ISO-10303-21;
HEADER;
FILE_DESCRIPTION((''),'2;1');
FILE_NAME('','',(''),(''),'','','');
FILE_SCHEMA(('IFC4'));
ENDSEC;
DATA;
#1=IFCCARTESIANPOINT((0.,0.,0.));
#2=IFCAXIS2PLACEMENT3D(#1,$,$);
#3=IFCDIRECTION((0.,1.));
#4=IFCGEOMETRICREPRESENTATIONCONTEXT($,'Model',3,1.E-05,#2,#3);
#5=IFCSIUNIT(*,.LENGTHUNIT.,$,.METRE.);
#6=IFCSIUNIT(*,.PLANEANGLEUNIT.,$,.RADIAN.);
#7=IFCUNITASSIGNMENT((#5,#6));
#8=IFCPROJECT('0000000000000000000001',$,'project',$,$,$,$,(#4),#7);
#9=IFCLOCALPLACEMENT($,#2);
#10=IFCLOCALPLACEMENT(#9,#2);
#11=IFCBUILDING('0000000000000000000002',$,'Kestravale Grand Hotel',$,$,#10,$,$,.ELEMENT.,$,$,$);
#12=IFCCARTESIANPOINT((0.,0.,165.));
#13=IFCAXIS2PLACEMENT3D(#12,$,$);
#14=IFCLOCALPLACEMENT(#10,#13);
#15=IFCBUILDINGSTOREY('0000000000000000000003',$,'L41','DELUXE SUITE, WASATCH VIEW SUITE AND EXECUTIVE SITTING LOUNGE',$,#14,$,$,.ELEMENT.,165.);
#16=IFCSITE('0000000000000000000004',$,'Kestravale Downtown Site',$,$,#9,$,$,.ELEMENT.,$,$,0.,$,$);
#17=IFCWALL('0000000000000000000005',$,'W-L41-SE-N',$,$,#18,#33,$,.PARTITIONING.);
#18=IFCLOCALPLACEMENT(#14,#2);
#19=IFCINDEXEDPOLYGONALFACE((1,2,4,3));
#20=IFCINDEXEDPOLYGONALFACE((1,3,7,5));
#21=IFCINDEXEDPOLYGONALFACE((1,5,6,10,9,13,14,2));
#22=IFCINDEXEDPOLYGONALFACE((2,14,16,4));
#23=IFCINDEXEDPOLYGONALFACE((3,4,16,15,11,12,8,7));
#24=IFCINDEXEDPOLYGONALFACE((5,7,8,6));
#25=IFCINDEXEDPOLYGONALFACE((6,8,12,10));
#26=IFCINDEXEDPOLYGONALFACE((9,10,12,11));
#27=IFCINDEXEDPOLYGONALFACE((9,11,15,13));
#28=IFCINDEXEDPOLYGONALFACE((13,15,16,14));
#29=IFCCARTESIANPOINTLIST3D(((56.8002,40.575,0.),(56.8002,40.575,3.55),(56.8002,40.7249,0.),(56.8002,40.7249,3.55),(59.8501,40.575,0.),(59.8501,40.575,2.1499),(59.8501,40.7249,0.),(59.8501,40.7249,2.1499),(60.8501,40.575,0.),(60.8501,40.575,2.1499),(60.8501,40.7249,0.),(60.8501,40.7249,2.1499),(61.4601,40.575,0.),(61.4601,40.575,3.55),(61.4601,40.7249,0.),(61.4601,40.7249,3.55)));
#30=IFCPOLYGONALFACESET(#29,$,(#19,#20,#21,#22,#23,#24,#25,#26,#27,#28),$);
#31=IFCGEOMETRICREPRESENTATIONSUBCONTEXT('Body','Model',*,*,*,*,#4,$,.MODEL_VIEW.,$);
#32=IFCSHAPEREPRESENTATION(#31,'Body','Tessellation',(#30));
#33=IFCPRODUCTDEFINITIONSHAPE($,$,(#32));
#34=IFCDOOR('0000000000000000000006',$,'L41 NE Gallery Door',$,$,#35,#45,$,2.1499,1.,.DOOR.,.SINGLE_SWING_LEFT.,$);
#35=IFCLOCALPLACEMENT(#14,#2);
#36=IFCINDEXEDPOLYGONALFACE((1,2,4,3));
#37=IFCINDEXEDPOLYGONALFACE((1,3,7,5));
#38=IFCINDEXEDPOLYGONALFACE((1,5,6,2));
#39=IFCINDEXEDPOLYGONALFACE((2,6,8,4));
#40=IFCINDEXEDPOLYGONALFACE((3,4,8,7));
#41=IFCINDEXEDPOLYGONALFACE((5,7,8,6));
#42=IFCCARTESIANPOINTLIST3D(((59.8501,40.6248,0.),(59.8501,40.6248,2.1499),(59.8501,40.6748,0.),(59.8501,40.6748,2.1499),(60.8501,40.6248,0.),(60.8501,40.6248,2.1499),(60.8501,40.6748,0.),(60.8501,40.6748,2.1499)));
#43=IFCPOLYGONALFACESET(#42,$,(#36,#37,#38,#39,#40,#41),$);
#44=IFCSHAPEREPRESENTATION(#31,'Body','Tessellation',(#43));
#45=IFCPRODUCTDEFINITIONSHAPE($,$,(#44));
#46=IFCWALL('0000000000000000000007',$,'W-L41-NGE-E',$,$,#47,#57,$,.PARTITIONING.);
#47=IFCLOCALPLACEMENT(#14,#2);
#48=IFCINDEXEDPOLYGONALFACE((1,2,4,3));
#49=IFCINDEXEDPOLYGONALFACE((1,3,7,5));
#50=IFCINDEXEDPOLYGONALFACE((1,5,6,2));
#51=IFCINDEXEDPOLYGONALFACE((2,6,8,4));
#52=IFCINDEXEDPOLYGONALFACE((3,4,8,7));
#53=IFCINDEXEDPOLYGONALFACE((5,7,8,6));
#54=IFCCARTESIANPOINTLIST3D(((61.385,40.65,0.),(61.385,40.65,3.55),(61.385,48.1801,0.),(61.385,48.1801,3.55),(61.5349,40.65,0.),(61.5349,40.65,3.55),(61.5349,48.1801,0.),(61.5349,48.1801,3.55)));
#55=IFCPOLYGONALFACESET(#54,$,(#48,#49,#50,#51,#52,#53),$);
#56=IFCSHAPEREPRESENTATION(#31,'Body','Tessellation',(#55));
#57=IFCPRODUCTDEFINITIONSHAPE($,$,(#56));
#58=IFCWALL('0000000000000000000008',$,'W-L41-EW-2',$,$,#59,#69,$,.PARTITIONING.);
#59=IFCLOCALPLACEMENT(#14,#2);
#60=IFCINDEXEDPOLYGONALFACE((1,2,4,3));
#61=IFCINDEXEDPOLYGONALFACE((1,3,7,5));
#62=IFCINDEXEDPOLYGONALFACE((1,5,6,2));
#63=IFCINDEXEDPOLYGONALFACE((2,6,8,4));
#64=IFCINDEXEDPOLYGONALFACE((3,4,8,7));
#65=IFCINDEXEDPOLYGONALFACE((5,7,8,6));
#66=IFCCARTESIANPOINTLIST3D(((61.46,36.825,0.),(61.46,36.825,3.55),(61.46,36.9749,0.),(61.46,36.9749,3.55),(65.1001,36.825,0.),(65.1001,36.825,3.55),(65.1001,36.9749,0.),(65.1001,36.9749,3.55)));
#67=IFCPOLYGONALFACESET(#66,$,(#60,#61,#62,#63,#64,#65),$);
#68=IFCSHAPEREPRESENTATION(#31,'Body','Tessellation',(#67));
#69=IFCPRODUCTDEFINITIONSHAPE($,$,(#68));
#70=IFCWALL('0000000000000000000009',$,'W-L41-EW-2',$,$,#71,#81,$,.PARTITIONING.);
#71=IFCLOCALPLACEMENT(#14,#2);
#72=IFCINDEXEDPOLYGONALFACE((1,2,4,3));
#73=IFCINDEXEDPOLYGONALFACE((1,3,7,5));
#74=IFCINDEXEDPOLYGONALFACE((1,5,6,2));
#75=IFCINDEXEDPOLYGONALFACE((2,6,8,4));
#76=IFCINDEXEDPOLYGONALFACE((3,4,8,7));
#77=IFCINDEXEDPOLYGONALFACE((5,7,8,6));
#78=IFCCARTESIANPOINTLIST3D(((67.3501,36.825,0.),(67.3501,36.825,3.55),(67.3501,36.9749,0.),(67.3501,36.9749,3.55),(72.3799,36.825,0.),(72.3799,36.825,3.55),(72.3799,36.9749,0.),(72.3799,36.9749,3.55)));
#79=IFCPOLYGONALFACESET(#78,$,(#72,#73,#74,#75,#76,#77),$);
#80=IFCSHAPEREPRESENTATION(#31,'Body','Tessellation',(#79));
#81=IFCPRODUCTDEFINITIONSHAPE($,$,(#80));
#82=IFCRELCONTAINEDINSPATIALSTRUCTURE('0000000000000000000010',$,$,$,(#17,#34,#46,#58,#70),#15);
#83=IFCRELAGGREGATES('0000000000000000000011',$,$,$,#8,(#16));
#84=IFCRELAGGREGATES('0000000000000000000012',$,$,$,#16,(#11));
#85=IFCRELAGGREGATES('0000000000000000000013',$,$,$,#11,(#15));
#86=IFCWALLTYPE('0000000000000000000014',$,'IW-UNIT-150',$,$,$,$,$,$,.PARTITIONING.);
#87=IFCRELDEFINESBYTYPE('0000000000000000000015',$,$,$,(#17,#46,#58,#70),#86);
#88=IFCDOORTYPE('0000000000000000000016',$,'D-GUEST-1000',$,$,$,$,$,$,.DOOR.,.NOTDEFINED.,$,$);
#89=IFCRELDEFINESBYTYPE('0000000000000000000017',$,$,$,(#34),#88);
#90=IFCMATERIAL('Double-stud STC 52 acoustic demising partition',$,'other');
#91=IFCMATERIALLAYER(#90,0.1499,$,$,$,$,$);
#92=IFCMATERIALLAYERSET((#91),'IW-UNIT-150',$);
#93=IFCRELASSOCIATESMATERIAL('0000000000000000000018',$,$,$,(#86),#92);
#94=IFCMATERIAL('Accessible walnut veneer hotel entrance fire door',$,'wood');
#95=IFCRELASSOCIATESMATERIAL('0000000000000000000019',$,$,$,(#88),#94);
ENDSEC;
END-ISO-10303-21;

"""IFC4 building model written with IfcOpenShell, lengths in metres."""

from ifc_helpers import new_model, si_unit, direction, frame, frame_2d, origin, place, context, subcontext, project, spatial, rectangle, extrude, material, layer, layer_set, type_object, element, fill, save


model = new_model("IFC4")

# Units and contexts
model_context = context("Model", 3, precision=1e-05, world=origin(), true_north=direction((0.0, 1.0)))
body_context = subcontext(model_context, "Body", "Model", "MODEL_VIEW")
ifc_project = project(units=[si_unit("LENGTHUNIT", "METRE"), si_unit("PLANEANGLEUNIT", "RADIAN")], contexts=[model_context])

# Site, building, storey
site_placement = place(None, origin())
site = spatial("IfcSite", under=ifc_project, at=site_placement, Name="Kestravale Downtown Site", CompositionType="ELEMENT", RefElevation=0.0)
building_placement = place(site_placement, origin())
building = spatial("IfcBuilding", under=site, at=building_placement, Name="Kestravale Grand Hotel", CompositionType="ELEMENT")
storey_placement = place(building_placement, frame((0.0, 0.0, 165.0)))
storey = spatial("IfcBuildingStorey", under=building, at=storey_placement, Name="L41", Description="DELUXE SUITE, WASATCH VIEW SUITE AND EXECUTIVE SITTING LOUNGE", CompositionType="ELEMENT", Elevation=165.0)

# Wall, opening, door
ifc_material_1 = material(Name="Double-stud STC 52 acoustic demising partition", Category="other")
ifc_layer_1 = layer(ifc_material_1, 0.1499)
ifc_layer_set_1 = layer_set([ifc_layer_1], Name="IW-UNIT-150")
wall_type_1 = type_object("IfcWallType", Name="IW-UNIT-150", PredefinedType="PARTITIONING", material=ifc_layer_set_1)
wall_1_placement = place(storey_placement, frame((56.8, 40.6499, 0.0), z_axis=(0.0, 0.0, 1.0), x_axis=(1.0, 0.0, 0.0)))
wall_1 = element("IfcWall", 1, at=wall_1_placement, inside=storey, type_object=wall_type_1, Name="W-L41-SE-N", PredefinedType="PARTITIONING", context=body_context, shape_type="SweptSolid", body=[
    extrude(rectangle(XDim=4.6599, YDim=0.1499, at=frame_2d((2.3301, 0.0))), origin(), (0.0, 0.0, 1.0), 3.55),
])
opening_1_placement = place(wall_1_placement, frame((3.05, 0.0, 0.0)))
opening_1 = element("IfcOpeningElement", 2, at=opening_1_placement, cuts=wall_1, PredefinedType="OPENING", context=body_context, shape_type="SweptSolid", body=[
    extrude(rectangle(XDim=1.0, YDim=2.1499, at=frame_2d((0.5, 1.075))), frame((0.0, 0.085, 0.0), z_axis=(0.0, -1.0, 0.0), x_axis=(1.0, 0.0, 0.0)), (0.0, 0.0, 1.0), 0.1699),
])
ifc_material_2 = material(Name="Accessible walnut veneer hotel entrance fire door", Category="wood")
door_type_1 = type_object("IfcDoorType", Name="D-GUEST-1000", OperationType="NOTDEFINED", PredefinedType="DOOR", material=ifc_material_2)
door_1_placement = place(opening_1_placement, origin())
door_1 = element("IfcDoor", 3, at=door_1_placement, inside=storey, type_object=door_type_1, Name="L41 NE Gallery Door", OperationType="SINGLE_SWING_LEFT", OverallHeight=2.1499, OverallWidth=1.0, PredefinedType="DOOR", context=body_context, shape_type="SweptSolid", body=[
    extrude(rectangle(XDim=1.0, YDim=2.1499, at=frame_2d((0.5, 1.075))), frame((0.0, 0.0249, 0.0), z_axis=(0.0, -1.0, 0.0), x_axis=(1.0, 0.0, 0.0)), (0.0, 0.0, 1.0), 0.05),
])
fill(opening_1, door_1)

# Walls
wall_2_placement = place(storey_placement, frame((61.46, 40.6499, 0.0), z_axis=(0.0, 0.0, 1.0), x_axis=(0.0, 1.0, 0.0)))
element("IfcWall", 4, at=wall_2_placement, inside=storey, type_object=wall_type_1, Name="W-L41-NGE-E", PredefinedType="PARTITIONING", context=body_context, shape_type="SweptSolid", body=[
    extrude(rectangle(XDim=7.53, YDim=0.1499, at=frame_2d((3.7651, 0.0))), origin(), (0.0, 0.0, 1.0), 3.55),
])
wall_3_placement = place(storey_placement, frame((61.46, 36.8999, 0.0), z_axis=(0.0, 0.0, 1.0), x_axis=(1.0, 0.0, 0.0)))
element("IfcWall", 5, at=wall_3_placement, inside=storey, type_object=wall_type_1, Name="W-L41-EW-2", PredefinedType="PARTITIONING", context=body_context, shape_type="SweptSolid", body=[
    extrude(rectangle(XDim=3.6401, YDim=0.1499, at=frame_2d((1.8201, 0.0))), origin(), (0.0, 0.0, 1.0), 3.55),
])
wall_4_placement = place(storey_placement, frame((67.3501, 36.8999, 0.0), z_axis=(0.0, 0.0, 1.0), x_axis=(1.0, 0.0, 0.0)))
element("IfcWall", 6, at=wall_4_placement, inside=storey, type_object=wall_type_1, Name="W-L41-EW-2", PredefinedType="PARTITIONING", context=body_context, shape_type="SweptSolid", body=[
    extrude(rectangle(XDim=5.0298, YDim=0.1499, at=frame_2d((2.5149, 0.0))), origin(), (0.0, 0.0, 1.0), 3.55),
])

save(model, "model.ifc")
